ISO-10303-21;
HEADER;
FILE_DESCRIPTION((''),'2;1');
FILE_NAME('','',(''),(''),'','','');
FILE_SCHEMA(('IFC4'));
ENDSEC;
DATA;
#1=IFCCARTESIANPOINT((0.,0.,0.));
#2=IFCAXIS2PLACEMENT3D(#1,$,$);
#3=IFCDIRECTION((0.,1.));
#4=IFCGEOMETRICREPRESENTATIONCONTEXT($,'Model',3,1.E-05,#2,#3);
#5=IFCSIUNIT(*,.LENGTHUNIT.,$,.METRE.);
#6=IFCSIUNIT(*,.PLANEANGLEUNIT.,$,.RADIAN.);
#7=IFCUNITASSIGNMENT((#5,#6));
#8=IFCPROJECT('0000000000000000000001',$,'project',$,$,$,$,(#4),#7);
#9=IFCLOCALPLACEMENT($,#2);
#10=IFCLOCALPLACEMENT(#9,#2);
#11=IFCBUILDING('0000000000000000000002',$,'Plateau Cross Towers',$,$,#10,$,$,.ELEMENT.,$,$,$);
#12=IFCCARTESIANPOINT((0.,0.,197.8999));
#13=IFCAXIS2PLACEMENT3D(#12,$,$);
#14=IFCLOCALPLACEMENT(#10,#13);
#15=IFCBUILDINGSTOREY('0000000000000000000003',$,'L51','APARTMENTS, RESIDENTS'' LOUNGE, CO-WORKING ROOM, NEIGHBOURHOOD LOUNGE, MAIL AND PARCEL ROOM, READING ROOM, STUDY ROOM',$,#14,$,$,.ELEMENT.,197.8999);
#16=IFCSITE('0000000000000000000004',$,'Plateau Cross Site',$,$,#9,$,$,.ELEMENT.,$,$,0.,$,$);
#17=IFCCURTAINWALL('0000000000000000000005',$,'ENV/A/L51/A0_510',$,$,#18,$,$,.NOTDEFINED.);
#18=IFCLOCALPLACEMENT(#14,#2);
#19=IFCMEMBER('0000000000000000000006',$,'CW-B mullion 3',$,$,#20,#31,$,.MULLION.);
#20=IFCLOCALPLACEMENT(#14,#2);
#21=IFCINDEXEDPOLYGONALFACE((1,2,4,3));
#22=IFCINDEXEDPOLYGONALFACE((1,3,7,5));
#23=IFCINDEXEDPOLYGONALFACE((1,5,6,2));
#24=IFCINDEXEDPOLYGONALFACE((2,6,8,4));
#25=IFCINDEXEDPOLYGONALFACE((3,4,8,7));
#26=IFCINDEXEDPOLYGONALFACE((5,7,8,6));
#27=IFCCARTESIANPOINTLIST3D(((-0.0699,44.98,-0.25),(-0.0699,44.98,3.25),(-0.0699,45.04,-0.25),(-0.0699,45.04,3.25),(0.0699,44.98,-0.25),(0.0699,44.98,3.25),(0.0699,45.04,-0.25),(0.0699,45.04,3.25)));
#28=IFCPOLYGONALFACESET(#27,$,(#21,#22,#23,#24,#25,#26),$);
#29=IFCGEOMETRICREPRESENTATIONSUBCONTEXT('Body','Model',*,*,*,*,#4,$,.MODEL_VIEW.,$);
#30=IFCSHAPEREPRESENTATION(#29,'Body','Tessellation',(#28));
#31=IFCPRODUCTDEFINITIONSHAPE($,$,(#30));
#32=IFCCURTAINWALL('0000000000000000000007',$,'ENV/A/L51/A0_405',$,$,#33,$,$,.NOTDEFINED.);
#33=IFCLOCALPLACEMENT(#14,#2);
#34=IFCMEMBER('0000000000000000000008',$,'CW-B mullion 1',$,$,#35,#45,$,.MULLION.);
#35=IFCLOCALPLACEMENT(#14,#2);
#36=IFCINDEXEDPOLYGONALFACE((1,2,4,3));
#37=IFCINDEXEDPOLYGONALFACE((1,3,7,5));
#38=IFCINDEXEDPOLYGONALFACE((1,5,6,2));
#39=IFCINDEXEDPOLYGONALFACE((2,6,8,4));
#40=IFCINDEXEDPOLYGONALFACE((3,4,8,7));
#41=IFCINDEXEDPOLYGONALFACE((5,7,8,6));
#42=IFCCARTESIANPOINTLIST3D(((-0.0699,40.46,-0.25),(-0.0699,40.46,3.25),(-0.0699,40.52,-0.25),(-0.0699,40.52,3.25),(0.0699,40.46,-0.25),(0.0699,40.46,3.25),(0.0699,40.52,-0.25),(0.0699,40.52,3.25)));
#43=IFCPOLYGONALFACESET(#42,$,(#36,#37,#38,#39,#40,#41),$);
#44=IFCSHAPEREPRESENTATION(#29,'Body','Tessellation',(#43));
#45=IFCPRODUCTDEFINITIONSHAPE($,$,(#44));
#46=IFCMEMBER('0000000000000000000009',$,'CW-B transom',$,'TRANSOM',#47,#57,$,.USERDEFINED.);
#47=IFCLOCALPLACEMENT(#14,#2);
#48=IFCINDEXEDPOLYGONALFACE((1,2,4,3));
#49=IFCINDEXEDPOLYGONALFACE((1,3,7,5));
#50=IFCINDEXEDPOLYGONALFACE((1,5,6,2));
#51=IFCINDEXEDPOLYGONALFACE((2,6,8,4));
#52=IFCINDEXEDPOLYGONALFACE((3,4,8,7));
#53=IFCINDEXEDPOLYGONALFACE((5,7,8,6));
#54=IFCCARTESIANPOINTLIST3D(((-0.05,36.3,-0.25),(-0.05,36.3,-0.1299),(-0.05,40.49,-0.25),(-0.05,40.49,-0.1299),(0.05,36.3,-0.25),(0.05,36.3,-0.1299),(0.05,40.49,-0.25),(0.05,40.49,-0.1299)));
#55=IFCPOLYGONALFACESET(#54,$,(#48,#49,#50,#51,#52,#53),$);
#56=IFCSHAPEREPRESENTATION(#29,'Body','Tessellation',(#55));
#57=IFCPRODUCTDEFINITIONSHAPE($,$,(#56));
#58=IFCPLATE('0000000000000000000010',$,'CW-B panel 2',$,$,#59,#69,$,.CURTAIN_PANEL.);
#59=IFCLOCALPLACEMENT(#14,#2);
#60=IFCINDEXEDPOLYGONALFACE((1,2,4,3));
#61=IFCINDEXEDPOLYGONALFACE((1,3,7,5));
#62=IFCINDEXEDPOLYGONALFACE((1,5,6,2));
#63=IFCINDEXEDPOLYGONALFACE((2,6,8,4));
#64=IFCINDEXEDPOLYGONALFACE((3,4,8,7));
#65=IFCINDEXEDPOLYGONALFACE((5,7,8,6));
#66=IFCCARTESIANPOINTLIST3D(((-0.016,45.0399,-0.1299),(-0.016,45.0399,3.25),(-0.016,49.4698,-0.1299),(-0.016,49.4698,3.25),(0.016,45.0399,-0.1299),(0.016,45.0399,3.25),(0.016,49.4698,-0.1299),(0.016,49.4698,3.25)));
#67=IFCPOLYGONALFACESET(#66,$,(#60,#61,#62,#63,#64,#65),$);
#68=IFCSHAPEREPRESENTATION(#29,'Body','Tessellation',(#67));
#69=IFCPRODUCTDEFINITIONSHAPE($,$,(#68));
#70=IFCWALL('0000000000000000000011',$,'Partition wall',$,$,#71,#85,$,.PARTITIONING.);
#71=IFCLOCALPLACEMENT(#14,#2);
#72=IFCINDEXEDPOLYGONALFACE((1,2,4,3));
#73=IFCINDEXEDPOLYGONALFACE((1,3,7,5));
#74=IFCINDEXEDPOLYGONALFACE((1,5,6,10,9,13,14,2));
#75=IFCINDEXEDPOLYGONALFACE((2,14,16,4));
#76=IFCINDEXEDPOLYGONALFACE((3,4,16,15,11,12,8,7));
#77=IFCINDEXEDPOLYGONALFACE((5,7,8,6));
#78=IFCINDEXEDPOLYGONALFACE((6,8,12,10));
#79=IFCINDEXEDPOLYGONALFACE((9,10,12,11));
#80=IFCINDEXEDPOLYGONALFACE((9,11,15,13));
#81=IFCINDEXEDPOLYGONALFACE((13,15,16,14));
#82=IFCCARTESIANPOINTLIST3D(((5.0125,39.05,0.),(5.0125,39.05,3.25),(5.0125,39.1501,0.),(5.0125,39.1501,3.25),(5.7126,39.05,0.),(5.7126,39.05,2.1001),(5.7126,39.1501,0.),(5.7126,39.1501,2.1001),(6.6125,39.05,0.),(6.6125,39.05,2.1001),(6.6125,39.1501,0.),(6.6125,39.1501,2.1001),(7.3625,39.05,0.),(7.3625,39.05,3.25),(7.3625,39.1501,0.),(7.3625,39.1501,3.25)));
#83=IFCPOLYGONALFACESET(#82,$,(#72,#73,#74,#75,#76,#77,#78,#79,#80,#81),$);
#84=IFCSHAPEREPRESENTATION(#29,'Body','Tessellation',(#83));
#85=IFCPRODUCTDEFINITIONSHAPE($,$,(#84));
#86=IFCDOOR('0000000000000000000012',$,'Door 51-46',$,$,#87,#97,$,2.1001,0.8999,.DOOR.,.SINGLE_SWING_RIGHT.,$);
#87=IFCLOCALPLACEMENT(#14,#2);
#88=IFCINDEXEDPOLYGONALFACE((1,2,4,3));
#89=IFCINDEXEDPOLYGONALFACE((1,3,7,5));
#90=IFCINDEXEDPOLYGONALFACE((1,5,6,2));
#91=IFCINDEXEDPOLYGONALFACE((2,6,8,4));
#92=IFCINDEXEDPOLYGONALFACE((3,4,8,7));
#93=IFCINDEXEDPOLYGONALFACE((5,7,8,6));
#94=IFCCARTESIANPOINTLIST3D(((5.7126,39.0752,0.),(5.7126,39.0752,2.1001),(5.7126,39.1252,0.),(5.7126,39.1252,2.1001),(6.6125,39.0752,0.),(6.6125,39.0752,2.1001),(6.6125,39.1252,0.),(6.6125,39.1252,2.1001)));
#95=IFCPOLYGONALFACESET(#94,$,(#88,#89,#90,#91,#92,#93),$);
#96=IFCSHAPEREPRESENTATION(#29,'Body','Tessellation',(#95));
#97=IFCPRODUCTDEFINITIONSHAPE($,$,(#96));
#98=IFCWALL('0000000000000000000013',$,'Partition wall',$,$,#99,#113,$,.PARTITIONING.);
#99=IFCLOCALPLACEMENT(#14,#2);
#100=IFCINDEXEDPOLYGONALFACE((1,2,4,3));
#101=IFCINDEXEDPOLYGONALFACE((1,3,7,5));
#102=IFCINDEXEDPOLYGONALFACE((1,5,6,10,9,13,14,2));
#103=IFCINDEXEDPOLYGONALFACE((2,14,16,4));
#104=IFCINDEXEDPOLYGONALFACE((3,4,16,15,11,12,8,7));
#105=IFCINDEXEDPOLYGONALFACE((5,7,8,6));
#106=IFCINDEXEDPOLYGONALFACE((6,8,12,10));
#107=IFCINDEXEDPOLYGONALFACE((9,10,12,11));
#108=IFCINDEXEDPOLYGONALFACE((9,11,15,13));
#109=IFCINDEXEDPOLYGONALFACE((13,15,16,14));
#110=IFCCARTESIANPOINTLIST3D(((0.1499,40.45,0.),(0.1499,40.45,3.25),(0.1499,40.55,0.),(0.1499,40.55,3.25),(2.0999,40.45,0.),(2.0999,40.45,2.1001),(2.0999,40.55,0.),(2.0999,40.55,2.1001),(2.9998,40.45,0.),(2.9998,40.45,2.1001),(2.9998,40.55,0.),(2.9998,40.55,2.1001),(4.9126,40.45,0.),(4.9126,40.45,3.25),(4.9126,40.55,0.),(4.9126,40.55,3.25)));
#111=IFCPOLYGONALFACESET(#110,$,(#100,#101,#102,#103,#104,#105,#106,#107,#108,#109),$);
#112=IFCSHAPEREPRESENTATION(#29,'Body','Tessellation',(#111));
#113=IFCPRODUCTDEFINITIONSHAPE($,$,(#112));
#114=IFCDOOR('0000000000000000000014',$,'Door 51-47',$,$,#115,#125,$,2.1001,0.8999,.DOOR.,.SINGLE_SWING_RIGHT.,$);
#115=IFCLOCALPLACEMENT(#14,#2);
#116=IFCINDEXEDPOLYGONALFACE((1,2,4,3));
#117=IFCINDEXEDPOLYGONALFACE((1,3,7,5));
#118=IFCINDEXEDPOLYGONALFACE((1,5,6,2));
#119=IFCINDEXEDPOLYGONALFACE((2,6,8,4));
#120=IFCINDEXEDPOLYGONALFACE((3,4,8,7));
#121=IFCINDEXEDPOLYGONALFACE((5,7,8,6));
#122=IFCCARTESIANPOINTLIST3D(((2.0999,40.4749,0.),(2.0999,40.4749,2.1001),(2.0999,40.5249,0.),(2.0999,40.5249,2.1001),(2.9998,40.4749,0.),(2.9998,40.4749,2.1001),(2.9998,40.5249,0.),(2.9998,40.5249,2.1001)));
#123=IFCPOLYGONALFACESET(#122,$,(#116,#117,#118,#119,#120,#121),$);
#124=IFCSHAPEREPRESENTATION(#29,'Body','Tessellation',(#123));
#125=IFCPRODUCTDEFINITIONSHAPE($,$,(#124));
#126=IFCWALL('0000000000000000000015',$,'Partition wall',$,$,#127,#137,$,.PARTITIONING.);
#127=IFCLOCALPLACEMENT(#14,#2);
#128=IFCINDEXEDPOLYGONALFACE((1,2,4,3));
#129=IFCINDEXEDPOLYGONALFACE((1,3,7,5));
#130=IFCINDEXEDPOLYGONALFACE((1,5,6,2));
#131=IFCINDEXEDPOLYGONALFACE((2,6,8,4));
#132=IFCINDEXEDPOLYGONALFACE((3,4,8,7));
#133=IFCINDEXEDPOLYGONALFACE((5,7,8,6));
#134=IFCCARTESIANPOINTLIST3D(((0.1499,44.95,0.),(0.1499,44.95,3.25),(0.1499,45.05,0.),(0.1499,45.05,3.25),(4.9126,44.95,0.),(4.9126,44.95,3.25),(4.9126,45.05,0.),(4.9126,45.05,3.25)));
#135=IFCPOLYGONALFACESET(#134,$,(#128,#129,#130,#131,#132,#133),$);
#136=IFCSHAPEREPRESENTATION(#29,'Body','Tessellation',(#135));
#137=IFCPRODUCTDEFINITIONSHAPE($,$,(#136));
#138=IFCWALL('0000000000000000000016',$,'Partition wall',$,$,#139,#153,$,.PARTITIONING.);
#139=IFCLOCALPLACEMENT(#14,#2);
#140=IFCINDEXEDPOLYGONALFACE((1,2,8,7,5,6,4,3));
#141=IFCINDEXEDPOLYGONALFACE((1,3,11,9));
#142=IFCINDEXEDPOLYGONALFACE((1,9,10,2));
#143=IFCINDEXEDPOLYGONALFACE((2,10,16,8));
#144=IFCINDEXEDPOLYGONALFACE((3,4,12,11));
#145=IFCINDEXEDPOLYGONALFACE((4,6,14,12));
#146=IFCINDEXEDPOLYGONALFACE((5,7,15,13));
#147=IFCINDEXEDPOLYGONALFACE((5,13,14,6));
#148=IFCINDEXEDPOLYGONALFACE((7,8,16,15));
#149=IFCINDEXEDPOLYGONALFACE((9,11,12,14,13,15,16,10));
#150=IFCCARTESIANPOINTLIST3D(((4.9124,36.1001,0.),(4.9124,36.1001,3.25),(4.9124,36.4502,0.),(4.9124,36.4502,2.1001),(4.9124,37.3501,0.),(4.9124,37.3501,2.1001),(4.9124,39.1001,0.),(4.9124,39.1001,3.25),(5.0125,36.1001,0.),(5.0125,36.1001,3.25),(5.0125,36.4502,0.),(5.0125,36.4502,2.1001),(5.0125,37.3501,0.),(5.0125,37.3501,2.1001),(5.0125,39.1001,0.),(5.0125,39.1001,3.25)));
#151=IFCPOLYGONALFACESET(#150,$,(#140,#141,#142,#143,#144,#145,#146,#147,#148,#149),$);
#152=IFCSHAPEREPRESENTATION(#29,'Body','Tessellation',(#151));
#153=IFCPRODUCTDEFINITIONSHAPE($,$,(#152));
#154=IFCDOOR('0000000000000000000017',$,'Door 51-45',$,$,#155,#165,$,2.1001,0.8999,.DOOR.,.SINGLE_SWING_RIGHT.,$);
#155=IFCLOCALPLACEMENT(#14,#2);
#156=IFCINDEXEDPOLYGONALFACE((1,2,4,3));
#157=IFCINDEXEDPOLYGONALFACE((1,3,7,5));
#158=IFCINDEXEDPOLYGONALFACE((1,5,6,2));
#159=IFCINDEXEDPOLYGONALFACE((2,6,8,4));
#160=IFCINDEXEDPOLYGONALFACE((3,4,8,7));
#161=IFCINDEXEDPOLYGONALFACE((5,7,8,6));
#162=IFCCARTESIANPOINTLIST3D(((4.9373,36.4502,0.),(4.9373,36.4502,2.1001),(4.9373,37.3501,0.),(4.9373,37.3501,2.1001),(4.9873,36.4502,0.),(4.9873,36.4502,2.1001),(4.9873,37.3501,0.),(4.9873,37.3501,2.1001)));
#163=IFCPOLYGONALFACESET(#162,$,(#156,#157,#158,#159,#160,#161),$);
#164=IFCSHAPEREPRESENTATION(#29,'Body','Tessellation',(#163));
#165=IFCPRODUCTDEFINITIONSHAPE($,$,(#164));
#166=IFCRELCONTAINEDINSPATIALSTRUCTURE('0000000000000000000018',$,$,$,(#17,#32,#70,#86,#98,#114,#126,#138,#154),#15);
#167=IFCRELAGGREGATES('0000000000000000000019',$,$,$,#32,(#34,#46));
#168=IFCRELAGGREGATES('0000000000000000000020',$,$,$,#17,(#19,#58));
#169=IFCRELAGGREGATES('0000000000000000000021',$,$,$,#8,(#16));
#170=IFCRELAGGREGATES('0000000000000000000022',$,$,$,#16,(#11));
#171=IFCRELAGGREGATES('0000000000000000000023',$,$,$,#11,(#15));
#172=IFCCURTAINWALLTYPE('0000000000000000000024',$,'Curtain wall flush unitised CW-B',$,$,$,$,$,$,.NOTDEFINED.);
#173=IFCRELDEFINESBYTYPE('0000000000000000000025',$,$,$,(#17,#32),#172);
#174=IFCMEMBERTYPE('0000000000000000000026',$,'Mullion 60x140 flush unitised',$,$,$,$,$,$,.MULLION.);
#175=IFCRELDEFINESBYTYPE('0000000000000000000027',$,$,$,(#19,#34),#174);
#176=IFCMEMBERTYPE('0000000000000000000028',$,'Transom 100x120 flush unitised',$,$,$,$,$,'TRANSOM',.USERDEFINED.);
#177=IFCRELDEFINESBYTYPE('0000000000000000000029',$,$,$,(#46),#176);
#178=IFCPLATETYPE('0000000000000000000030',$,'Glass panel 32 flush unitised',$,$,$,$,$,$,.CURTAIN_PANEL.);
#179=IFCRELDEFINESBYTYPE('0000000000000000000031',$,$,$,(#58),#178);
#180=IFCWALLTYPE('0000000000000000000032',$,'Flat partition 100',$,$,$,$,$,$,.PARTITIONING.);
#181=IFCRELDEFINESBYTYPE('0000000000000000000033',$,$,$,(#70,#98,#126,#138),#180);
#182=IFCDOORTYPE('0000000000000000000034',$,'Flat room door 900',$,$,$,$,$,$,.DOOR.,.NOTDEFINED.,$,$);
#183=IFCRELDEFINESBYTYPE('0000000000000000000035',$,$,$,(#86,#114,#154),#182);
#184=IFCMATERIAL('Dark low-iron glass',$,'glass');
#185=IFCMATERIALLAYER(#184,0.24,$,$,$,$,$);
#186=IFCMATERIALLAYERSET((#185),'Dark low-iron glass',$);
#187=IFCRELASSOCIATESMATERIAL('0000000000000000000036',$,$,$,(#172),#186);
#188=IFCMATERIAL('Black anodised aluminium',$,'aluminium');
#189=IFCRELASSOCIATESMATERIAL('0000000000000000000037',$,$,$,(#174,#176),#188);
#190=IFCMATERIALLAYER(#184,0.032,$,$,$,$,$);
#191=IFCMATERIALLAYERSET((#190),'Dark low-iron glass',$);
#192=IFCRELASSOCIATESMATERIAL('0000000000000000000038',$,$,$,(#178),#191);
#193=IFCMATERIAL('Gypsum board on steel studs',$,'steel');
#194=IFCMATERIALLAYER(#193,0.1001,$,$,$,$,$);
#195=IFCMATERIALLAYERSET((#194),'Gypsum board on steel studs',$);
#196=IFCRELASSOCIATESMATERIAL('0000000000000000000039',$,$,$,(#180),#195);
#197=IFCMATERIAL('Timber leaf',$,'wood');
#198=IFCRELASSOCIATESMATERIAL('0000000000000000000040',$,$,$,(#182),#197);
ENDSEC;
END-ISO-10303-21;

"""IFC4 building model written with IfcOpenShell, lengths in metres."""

from ifc_helpers import new_model, si_unit, direction, frame, frame_2d, origin, origin_2d, place, context, subcontext, project, spatial, rectangle, extrude, material, layer, layer_set, material_profile, profile_set, type_object, element, fill, aggregate, save


model = new_model("IFC4")

# Units and contexts
model_context = context("Model", 3, precision=1e-05, world=origin(), true_north=direction((0.0, 1.0)))
body_context = subcontext(model_context, "Body", "Model", "MODEL_VIEW")
ifc_project = project(units=[si_unit("LENGTHUNIT", "METRE"), si_unit("PLANEANGLEUNIT", "RADIAN")], contexts=[model_context])

# Site, building, storey
site_placement = place(None, origin())
site = spatial("IfcSite", under=ifc_project, at=site_placement, Name="Plateau Cross Site", CompositionType="ELEMENT", RefElevation=0.0)
building_placement = place(site_placement, origin())
building = spatial("IfcBuilding", under=site, at=building_placement, Name="Plateau Cross Towers", CompositionType="ELEMENT")
storey_placement = place(building_placement, frame((0.0, 0.0, 197.8999)))
storey = spatial("IfcBuildingStorey", under=building, at=storey_placement, Name="L51", Description="APARTMENTS, RESIDENTS' LOUNGE, CO-WORKING ROOM, NEIGHBOURHOOD LOUNGE, MAIL AND PARCEL ROOM, READING ROOM, STUDY ROOM", CompositionType="ELEMENT", Elevation=197.8999)

# Curtain wall, member
ifc_material_1 = material(Name="Dark low-iron glass", Category="glass")
ifc_layer_1 = layer(ifc_material_1, 0.24)
ifc_layer_set_1 = layer_set([ifc_layer_1], Name="Dark low-iron glass")
curtain_wall_type = type_object("IfcCurtainWallType", Name="Curtain wall flush unitised CW-B", PredefinedType="NOTDEFINED", material=ifc_layer_set_1)
curtain_wall_1_placement = place(storey_placement, origin())
curtain_wall_1 = element("IfcCurtainWall", 1, at=curtain_wall_1_placement, inside=storey, type_object=curtain_wall_type, Name="ENV/A/L51/A0_510", PredefinedType="NOTDEFINED")
ifc_material_2 = material(Name="Black anodised aluminium", Category="aluminium")
ifc_material_profile_1 = material_profile(ifc_material_2, rectangle(XDim=0.0601, YDim=0.1399, at=origin_2d()), Name="MULLION 60x140")
ifc_profile_set_1 = profile_set([ifc_material_profile_1], Name="Black anodised aluminium")
member_type_1 = type_object("IfcMemberType", Name="Mullion 60x140 flush unitised", PredefinedType="MULLION", material=ifc_profile_set_1)
member_1_placement = place(storey_placement, frame((0.0, 45.01, -0.25), z_axis=(0.0, 0.0, 1.0), x_axis=(0.0, -1.0, 0.0)))
member_1 = element("IfcMember", 2, at=member_1_placement, type_object=member_type_1, Name="CW-B mullion 3", PredefinedType="MULLION", context=body_context, shape_type="SweptSolid", body=[
    extrude(rectangle(XDim=0.0601, YDim=0.1399, at=origin_2d()), origin(), (0.0, 0.0, 1.0), 3.5),
])

# Curtain wall, members
curtain_wall_2_placement = place(storey_placement, origin())
curtain_wall_2 = element("IfcCurtainWall", 3, at=curtain_wall_2_placement, inside=storey, type_object=curtain_wall_type, Name="ENV/A/L51/A0_405", PredefinedType="NOTDEFINED")
member_2_placement = place(storey_placement, frame((0.0, 40.49, -0.25), z_axis=(0.0, 0.0, 1.0), x_axis=(0.0, -1.0, 0.0)))
member_2 = element("IfcMember", 4, at=member_2_placement, type_object=member_type_1, Name="CW-B mullion 1", PredefinedType="MULLION", context=body_context, shape_type="SweptSolid", body=[
    extrude(rectangle(XDim=0.0601, YDim=0.1399, at=origin_2d()), origin(), (0.0, 0.0, 1.0), 3.5),
])
ifc_material_profile_2 = material_profile(ifc_material_2, rectangle(XDim=0.1001, YDim=0.1201, at=origin_2d()), Name="TRANSOM 100x120")
ifc_profile_set_2 = profile_set([ifc_material_profile_2], Name="Black anodised aluminium")
member_type_2 = type_object("IfcMemberType", Name="Transom 100x120 flush unitised", ElementType="TRANSOM", PredefinedType="USERDEFINED", material=ifc_profile_set_2)
member_3_placement = place(storey_placement, frame((0.0, 40.49, -0.1899), z_axis=(0.0, -1.0, 0.0), x_axis=(1.0, 0.0, 0.0)))
member_3 = element("IfcMember", 5, at=member_3_placement, type_object=member_type_2, Name="CW-B transom", ObjectType="TRANSOM", PredefinedType="USERDEFINED", context=body_context, shape_type="SweptSolid", body=[
    extrude(rectangle(XDim=0.1001, YDim=0.1201, at=origin_2d()), origin(), (0.0, 0.0, 1.0), 4.1899),
])
aggregate(curtain_wall_2, [member_2, member_3])

# Plate
ifc_layer_2 = layer(ifc_material_1, 0.032)
ifc_layer_set_2 = layer_set([ifc_layer_2], Name="Dark low-iron glass")
plate_type = type_object("IfcPlateType", Name="Glass panel 32 flush unitised", PredefinedType="CURTAIN_PANEL", material=ifc_layer_set_2)
plate_placement = place(storey_placement, frame((0.0, 47.2549, -0.1299), z_axis=(0.0, 0.0, 1.0), x_axis=(0.0, -1.0, 0.0)))
plate = element("IfcPlate", 6, at=plate_placement, type_object=plate_type, Name="CW-B panel 2", PredefinedType="CURTAIN_PANEL", context=body_context, shape_type="SweptSolid", body=[
    extrude(rectangle(XDim=4.4299, YDim=0.032, at=origin_2d()), origin(), (0.0, 0.0, 1.0), 3.3799),
])
aggregate(curtain_wall_1, [member_1, plate])

# Walls, openings, doors
ifc_material_3 = material(Name="Gypsum board on steel studs", Category="steel")
ifc_layer_3 = layer(ifc_material_3, 0.1001)
ifc_layer_set_3 = layer_set([ifc_layer_3], Name="Gypsum board on steel studs")
wall_type_1 = type_object("IfcWallType", Name="Flat partition 100", PredefinedType="PARTITIONING", material=ifc_layer_set_3)
wall_1_placement = place(storey_placement, frame((7.3625, 39.1001, 0.0), z_axis=(0.0, 0.0, 1.0), x_axis=(-1.0, 0.0, 0.0)))
wall_1 = element("IfcWall", 7, at=wall_1_placement, inside=storey, type_object=wall_type_1, Name="Partition wall", PredefinedType="PARTITIONING", context=body_context, shape_type="SweptSolid", body=[
    extrude(rectangle(XDim=2.3501, YDim=0.1001, at=frame_2d((1.175, 0.0))), origin(), (0.0, 0.0, 1.0), 3.25),
])
opening_1_placement = place(wall_1_placement, frame((0.75, 0.0, 0.0)))
opening_1 = element("IfcOpeningElement", 8, at=opening_1_placement, cuts=wall_1, PredefinedType="OPENING", context=body_context, shape_type="SweptSolid", body=[
    extrude(rectangle(XDim=0.8999, YDim=2.1001, at=frame_2d((0.45, 1.05))), frame((0.0, 0.0601, 0.0), z_axis=(0.0, -1.0, 0.0), x_axis=(1.0, 0.0, 0.0)), (0.0, 0.0, 1.0), 0.1201),
])
ifc_material_4 = material(Name="Timber leaf", Category="wood")
door_type_1 = type_object("IfcDoorType", Name="Flat room door 900", OperationType="NOTDEFINED", PredefinedType="DOOR", material=ifc_material_4)
door_1_placement = place(opening_1_placement, origin())
door_1 = element("IfcDoor", 9, at=door_1_placement, inside=storey, type_object=door_type_1, Name="Door 51-46", OperationType="SINGLE_SWING_RIGHT", OverallHeight=2.1001, OverallWidth=0.8999, PredefinedType="DOOR", context=body_context, shape_type="SweptSolid", body=[
    extrude(rectangle(XDim=0.8999, YDim=2.1001, at=frame_2d((0.45, 1.05))), frame((0.0, 0.0249, 0.0), z_axis=(0.0, -1.0, 0.0), x_axis=(1.0, 0.0, 0.0)), (0.0, 0.0, 1.0), 0.05),
])
fill(opening_1, door_1)
wall_2_placement = place(storey_placement, frame((0.1499, 40.5, 0.0), z_axis=(0.0, 0.0, 1.0), x_axis=(1.0, 0.0, 0.0)))
wall_2 = element("IfcWall", 10, at=wall_2_placement, inside=storey, type_object=wall_type_1, Name="Partition wall", PredefinedType="PARTITIONING", context=body_context, shape_type="SweptSolid", body=[
    extrude(rectangle(XDim=4.7627, YDim=0.1001, at=frame_2d((2.3813, 0.0))), origin(), (0.0, 0.0, 1.0), 3.25),
])
opening_2_placement = place(wall_2_placement, frame((1.95, 0.0, 0.0)))
opening_2 = element("IfcOpeningElement", 11, at=opening_2_placement, cuts=wall_2, PredefinedType="OPENING", context=body_context, shape_type="SweptSolid", body=[
    extrude(rectangle(XDim=0.8999, YDim=2.1001, at=frame_2d((0.45, 1.05))), frame((0.0, 0.0601, 0.0), z_axis=(0.0, -1.0, 0.0), x_axis=(1.0, 0.0, 0.0)), (0.0, 0.0, 1.0), 0.1201),
])
door_2_placement = place(opening_2_placement, origin())
door_2 = element("IfcDoor", 12, at=door_2_placement, inside=storey, type_object=door_type_1, Name="Door 51-47", OperationType="SINGLE_SWING_RIGHT", OverallHeight=2.1001, OverallWidth=0.8999, PredefinedType="DOOR", context=body_context, shape_type="SweptSolid", body=[
    extrude(rectangle(XDim=0.8999, YDim=2.1001, at=frame_2d((0.45, 1.05))), frame((0.0, 0.0249, 0.0), z_axis=(0.0, -1.0, 0.0), x_axis=(1.0, 0.0, 0.0)), (0.0, 0.0, 1.0), 0.05),
])
fill(opening_2, door_2)

# Wall
wall_3_placement = place(storey_placement, frame((4.9126, 45.0, 0.0), z_axis=(0.0, 0.0, 1.0), x_axis=(-1.0, 0.0, 0.0)))
element("IfcWall", 13, at=wall_3_placement, inside=storey, type_object=wall_type_1, Name="Partition wall", PredefinedType="PARTITIONING", context=body_context, shape_type="SweptSolid", body=[
    extrude(rectangle(XDim=4.7627, YDim=0.1001, at=frame_2d((2.3813, 0.0))), origin(), (0.0, 0.0, 1.0), 3.25),
])

# Wall, opening, door
wall_4_placement = place(storey_placement, frame((4.9624, 39.1001, 0.0), z_axis=(0.0, 0.0, 1.0), x_axis=(0.0, -1.0, 0.0)))
wall_4 = element("IfcWall", 14, at=wall_4_placement, inside=storey, type_object=wall_type_1, Name="Partition wall", PredefinedType="PARTITIONING", context=body_context, shape_type="SweptSolid", body=[
    extrude(rectangle(XDim=3.0, YDim=0.1001, at=frame_2d((1.5, 0.0))), origin(), (0.0, 0.0, 1.0), 3.25),
])
opening_3_placement = place(wall_4_placement, frame((1.75, 0.0, 0.0)))
opening_3 = element("IfcOpeningElement", 15, at=opening_3_placement, cuts=wall_4, PredefinedType="OPENING", context=body_context, shape_type="SweptSolid", body=[
    extrude(rectangle(XDim=0.8999, YDim=2.1001, at=frame_2d((0.45, 1.05))), frame((0.0, 0.0601, 0.0), z_axis=(0.0, -1.0, 0.0), x_axis=(1.0, 0.0, 0.0)), (0.0, 0.0, 1.0), 0.1201),
])
door_3_placement = place(opening_3_placement, origin())
door_3 = element("IfcDoor", 16, at=door_3_placement, inside=storey, type_object=door_type_1, Name="Door 51-45", OperationType="SINGLE_SWING_RIGHT", OverallHeight=2.1001, OverallWidth=0.8999, PredefinedType="DOOR", context=body_context, shape_type="SweptSolid", body=[
    extrude(rectangle(XDim=0.8999, YDim=2.1001, at=frame_2d((0.45, 1.05))), frame((0.0, 0.0249, 0.0), z_axis=(0.0, -1.0, 0.0), x_axis=(1.0, 0.0, 0.0)), (0.0, 0.0, 1.0), 0.05),
])
fill(opening_3, door_3)

save(model, "model.ifc")
